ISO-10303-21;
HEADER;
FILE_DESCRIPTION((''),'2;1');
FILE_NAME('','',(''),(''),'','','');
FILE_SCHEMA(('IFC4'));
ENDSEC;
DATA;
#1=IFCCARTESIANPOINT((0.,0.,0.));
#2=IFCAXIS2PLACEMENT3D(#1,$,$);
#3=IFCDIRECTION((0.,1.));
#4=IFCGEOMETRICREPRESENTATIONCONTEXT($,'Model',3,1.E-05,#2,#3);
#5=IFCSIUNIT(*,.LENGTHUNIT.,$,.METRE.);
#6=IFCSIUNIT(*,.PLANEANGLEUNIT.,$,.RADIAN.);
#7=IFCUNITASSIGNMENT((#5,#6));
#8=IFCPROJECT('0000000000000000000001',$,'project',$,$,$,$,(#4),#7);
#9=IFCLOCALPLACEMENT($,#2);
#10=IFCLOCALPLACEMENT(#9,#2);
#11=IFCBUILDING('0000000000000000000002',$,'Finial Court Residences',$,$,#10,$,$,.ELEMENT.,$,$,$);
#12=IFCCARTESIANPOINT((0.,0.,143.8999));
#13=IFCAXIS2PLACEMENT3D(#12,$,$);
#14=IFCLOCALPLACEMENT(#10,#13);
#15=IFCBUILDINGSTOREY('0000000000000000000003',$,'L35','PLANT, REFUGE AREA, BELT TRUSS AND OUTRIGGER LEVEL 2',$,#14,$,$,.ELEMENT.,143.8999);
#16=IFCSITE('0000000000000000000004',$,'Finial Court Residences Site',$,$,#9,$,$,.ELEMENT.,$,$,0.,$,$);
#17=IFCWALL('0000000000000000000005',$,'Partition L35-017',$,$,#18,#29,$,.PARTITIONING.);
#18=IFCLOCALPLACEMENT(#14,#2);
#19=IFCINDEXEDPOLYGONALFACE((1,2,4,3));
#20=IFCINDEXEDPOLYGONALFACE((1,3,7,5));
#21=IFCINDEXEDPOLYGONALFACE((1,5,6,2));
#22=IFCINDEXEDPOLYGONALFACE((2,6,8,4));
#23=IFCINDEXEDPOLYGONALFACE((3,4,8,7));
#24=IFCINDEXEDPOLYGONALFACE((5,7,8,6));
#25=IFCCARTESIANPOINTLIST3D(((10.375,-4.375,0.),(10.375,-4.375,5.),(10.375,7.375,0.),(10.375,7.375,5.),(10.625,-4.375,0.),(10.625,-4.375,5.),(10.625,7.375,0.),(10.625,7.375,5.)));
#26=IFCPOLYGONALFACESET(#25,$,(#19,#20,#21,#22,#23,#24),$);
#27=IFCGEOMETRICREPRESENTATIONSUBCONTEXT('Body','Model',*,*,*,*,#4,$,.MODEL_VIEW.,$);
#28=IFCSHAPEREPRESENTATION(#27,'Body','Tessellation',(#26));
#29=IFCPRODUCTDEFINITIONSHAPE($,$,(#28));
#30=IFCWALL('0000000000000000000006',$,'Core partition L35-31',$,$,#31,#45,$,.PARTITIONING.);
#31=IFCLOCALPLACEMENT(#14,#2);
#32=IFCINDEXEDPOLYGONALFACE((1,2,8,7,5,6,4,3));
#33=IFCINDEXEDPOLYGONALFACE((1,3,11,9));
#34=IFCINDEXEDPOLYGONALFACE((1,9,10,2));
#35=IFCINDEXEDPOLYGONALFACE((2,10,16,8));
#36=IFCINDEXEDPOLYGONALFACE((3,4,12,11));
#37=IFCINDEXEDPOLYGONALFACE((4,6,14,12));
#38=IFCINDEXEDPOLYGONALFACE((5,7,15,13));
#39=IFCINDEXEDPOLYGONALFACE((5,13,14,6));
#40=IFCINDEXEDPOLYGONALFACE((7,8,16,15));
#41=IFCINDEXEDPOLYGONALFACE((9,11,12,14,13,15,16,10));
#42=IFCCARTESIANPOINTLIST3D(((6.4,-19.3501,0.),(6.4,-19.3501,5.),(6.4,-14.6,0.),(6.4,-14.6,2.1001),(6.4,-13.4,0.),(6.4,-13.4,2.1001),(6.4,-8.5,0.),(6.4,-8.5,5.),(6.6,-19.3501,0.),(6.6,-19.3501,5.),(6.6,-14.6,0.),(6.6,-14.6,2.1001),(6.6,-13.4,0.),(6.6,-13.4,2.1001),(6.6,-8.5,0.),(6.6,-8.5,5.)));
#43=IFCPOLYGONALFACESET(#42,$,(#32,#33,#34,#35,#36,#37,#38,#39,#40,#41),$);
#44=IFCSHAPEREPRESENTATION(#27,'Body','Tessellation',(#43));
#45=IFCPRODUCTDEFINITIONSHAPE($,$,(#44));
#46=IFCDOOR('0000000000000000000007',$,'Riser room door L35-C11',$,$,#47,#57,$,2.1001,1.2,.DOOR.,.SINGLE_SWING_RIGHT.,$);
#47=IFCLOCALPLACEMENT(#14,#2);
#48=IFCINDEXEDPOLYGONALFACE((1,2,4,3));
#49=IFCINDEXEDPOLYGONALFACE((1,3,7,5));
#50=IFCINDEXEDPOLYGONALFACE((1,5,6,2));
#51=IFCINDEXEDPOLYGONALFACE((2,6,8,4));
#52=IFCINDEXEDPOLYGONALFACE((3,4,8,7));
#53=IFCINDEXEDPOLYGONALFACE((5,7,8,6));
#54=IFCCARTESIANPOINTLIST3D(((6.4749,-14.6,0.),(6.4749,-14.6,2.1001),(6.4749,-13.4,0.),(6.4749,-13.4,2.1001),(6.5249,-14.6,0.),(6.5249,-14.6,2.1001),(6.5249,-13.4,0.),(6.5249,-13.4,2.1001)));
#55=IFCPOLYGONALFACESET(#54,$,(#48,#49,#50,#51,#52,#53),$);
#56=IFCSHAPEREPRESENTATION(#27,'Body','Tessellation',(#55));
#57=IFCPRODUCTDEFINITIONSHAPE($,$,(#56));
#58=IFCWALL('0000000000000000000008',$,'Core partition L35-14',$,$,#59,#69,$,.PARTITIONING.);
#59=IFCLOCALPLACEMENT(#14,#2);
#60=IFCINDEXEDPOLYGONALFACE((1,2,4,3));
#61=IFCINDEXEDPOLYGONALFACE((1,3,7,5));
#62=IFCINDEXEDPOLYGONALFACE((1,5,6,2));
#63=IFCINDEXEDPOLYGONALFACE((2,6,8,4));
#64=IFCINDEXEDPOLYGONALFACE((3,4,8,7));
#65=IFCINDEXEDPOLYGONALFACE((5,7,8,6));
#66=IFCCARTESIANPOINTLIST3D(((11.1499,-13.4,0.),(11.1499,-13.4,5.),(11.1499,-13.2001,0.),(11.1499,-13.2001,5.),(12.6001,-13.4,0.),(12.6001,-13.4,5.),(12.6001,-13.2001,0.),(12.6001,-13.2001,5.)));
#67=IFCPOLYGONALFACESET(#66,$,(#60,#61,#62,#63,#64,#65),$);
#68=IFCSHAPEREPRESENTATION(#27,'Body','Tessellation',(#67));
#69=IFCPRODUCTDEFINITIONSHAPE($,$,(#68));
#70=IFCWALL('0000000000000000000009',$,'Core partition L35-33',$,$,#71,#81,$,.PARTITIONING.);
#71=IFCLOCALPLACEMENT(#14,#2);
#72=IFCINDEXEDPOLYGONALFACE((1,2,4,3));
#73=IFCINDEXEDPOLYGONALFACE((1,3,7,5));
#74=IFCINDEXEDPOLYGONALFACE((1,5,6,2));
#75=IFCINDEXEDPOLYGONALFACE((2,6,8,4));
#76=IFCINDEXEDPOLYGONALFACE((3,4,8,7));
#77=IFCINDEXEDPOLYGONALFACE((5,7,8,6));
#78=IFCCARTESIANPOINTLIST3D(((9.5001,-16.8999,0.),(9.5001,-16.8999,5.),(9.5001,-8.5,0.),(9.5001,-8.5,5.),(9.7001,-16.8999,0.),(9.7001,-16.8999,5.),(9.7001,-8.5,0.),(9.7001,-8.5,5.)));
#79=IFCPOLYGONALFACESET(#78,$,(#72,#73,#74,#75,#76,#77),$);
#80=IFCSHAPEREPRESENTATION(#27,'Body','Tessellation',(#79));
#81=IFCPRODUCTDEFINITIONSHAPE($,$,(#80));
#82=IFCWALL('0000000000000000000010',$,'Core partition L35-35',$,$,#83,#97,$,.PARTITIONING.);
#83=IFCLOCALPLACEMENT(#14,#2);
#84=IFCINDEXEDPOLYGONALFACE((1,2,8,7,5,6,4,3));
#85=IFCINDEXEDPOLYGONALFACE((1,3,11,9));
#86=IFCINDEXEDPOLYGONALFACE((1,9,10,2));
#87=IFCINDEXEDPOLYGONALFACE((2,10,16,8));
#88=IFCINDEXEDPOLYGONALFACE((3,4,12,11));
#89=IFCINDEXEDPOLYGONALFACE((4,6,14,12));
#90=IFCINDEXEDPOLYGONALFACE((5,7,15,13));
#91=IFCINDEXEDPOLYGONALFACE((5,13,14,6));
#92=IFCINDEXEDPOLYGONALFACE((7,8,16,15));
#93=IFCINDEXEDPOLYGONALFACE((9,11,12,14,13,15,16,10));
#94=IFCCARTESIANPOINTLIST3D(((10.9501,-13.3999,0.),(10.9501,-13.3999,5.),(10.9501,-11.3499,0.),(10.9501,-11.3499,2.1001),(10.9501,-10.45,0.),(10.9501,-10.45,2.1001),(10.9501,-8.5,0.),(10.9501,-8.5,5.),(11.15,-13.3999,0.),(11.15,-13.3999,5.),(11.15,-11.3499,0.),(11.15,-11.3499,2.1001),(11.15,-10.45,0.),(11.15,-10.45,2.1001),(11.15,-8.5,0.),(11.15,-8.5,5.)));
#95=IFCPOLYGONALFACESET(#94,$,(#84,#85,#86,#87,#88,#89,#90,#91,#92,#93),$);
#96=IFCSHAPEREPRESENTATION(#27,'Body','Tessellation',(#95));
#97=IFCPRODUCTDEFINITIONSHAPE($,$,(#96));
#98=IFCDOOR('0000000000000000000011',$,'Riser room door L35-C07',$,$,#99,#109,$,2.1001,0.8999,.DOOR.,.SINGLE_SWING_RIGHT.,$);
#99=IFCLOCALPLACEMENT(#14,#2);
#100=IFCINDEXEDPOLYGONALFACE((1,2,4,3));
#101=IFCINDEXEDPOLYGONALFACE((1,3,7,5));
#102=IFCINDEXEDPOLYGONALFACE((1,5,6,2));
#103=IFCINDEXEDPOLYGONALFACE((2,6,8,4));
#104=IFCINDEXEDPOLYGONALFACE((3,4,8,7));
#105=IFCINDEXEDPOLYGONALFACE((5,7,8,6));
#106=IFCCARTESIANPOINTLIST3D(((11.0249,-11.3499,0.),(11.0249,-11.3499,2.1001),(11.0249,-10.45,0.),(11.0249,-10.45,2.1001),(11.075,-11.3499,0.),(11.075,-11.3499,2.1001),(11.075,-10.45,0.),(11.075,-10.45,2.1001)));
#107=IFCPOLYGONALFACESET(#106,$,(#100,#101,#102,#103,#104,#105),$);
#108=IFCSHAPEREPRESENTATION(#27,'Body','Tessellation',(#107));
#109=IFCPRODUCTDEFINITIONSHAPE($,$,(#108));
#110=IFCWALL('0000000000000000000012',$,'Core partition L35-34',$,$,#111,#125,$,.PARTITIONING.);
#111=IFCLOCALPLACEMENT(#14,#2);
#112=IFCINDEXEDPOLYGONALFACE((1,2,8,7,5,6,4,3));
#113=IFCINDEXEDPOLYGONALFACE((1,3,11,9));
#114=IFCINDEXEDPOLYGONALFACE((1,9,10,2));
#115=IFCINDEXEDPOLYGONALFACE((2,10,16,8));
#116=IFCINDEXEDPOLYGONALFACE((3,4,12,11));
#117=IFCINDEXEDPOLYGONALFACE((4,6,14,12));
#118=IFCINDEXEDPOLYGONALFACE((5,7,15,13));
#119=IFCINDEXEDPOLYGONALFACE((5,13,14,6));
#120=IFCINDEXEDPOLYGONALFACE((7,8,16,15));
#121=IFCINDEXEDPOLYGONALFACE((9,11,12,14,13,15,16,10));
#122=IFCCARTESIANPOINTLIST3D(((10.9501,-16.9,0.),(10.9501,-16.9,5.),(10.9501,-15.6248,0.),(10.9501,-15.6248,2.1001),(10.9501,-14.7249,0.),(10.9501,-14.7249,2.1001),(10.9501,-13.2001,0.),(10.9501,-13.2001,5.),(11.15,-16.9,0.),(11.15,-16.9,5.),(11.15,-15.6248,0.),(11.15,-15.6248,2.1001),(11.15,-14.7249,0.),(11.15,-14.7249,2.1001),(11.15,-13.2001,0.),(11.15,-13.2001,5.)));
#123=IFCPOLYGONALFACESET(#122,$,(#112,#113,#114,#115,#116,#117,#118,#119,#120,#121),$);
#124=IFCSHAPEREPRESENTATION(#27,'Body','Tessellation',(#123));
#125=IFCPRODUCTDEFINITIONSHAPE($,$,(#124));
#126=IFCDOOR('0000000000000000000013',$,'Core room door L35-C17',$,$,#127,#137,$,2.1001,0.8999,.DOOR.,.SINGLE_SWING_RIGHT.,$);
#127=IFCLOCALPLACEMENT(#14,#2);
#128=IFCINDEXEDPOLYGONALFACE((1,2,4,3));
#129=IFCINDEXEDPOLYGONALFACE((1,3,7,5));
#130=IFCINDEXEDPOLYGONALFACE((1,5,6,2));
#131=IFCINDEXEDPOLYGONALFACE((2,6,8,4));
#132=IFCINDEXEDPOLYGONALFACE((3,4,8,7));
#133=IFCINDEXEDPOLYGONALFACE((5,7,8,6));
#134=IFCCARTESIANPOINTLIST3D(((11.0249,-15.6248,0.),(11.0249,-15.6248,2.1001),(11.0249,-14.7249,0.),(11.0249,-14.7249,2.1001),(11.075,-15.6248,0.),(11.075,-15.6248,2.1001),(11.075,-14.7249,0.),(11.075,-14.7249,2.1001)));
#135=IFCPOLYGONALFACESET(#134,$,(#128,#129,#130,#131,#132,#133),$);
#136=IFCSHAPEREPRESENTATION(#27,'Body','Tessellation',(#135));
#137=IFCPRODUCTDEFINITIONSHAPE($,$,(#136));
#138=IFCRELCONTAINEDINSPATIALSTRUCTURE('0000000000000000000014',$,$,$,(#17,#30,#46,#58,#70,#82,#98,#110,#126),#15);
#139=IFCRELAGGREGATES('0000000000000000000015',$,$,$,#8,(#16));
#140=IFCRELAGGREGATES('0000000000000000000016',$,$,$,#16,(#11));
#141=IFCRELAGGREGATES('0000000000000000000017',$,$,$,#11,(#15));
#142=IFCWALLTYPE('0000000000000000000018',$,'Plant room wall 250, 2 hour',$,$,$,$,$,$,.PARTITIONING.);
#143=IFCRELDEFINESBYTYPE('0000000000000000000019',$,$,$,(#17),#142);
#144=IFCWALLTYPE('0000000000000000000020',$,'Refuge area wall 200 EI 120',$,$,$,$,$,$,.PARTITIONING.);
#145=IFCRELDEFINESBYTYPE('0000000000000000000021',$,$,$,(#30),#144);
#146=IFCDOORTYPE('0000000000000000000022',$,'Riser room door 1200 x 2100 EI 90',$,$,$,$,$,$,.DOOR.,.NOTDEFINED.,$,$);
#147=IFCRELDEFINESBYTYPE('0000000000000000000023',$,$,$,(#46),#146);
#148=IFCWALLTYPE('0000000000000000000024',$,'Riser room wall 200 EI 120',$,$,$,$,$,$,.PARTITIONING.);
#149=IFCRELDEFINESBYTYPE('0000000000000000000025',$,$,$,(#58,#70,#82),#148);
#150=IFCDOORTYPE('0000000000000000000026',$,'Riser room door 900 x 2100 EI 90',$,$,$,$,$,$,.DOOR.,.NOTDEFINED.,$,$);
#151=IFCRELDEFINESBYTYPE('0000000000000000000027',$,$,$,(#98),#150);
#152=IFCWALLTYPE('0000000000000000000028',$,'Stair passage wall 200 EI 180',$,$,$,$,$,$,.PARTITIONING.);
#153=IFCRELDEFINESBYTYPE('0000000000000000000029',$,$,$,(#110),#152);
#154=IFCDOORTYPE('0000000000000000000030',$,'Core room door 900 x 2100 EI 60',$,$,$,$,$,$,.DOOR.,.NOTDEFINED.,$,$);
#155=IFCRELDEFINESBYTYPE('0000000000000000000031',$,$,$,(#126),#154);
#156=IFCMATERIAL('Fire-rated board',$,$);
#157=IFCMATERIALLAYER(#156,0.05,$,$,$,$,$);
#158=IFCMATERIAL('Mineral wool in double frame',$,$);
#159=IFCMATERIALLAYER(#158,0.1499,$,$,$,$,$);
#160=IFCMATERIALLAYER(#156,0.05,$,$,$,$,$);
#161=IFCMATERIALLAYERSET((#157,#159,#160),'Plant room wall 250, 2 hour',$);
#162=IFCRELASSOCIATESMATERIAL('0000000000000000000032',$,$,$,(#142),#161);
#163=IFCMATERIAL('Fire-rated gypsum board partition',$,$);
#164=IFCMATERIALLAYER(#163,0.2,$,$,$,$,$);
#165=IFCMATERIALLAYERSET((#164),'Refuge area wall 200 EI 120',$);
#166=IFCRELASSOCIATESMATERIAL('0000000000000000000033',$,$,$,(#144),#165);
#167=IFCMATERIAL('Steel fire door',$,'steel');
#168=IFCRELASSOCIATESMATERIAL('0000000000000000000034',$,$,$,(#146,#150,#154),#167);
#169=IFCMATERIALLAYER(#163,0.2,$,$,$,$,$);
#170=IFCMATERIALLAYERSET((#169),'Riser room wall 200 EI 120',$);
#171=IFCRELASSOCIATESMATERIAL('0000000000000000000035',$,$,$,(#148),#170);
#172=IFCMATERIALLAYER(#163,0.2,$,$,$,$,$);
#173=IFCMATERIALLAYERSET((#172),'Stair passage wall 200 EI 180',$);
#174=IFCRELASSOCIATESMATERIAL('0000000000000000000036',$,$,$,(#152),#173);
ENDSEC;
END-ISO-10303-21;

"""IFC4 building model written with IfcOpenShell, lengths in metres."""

from ifc_helpers import new_model, si_unit, direction, frame, frame_2d, origin, place, context, subcontext, project, spatial, rectangle, extrude, material, layer, layer_set, type_object, element, fill, save


model = new_model("IFC4")

# Units and contexts
model_context = context("Model", 3, precision=1e-05, world=origin(), true_north=direction((0.0, 1.0)))
body_context = subcontext(model_context, "Body", "Model", "MODEL_VIEW")
ifc_project = project(units=[si_unit("LENGTHUNIT", "METRE"), si_unit("PLANEANGLEUNIT", "RADIAN")], contexts=[model_context])

# Site, building, storey
site_placement = place(None, origin())
site = spatial("IfcSite", under=ifc_project, at=site_placement, Name="Finial Court Residences Site", CompositionType="ELEMENT", RefElevation=0.0)
building_placement = place(site_placement, origin())
building = spatial("IfcBuilding", under=site, at=building_placement, Name="Finial Court Residences", CompositionType="ELEMENT")
storey_placement = place(building_placement, frame((0.0, 0.0, 143.8999)))
storey = spatial("IfcBuildingStorey", under=building, at=storey_placement, Name="L35", Description="PLANT, REFUGE AREA, BELT TRUSS AND OUTRIGGER LEVEL 2", CompositionType="ELEMENT", Elevation=143.8999)

# Shared definitions
ifc_material_1 = material(Name="Steel fire door", Category="steel")
ifc_material_2 = material(Name="Fire-rated board")
ifc_layer_1 = layer(ifc_material_2, 0.05)
ifc_material_3 = material(Name="Mineral wool in double frame")
ifc_layer_2 = layer(ifc_material_3, 0.1499)
ifc_layer_3 = layer(ifc_material_2, 0.05)
ifc_layer_set_1 = layer_set([ifc_layer_1, ifc_layer_2, ifc_layer_3], Name="Plant room wall 250, 2 hour")
wall_type_1 = type_object("IfcWallType", Name="Plant room wall 250, 2 hour", PredefinedType="PARTITIONING", material=ifc_layer_set_1)

# Wall
wall_1_placement = place(storey_placement, frame((10.5, -4.375, 0.0), z_axis=(0.0, 0.0, 1.0), x_axis=(0.0, 1.0, 0.0)))
element("IfcWall", 1, at=wall_1_placement, inside=storey, type_object=wall_type_1, Name="Partition L35-017", PredefinedType="PARTITIONING", context=body_context, shape_type="SweptSolid", body=[
    extrude(rectangle(XDim=11.75, YDim=0.25, at=frame_2d((5.875, 0.0))), origin(), (0.0, 0.0, 1.0), 5.0),
])

# Wall, opening, door
ifc_material_4 = material(Name="Fire-rated gypsum board partition")
ifc_layer_4 = layer(ifc_material_4, 0.2)
ifc_layer_set_2 = layer_set([ifc_layer_4], Name="Refuge area wall 200 EI 120")
wall_type_2 = type_object("IfcWallType", Name="Refuge area wall 200 EI 120", PredefinedType="PARTITIONING", material=ifc_layer_set_2)
wall_2_placement = place(storey_placement, frame((6.5, -8.5, 0.0), z_axis=(0.0, 0.0, 1.0), x_axis=(0.0, -1.0, 0.0)))
wall_2 = element("IfcWall", 2, at=wall_2_placement, inside=storey, type_object=wall_type_2, Name="Core partition L35-31", PredefinedType="PARTITIONING", context=body_context, shape_type="SweptSolid", body=[
    extrude(rectangle(XDim=10.8501, YDim=0.2, at=frame_2d((5.425, 0.0))), origin(), (0.0, 0.0, 1.0), 5.0),
])
opening_1_placement = place(wall_2_placement, frame((4.8999, 0.0, 0.0)))
opening_1 = element("IfcOpeningElement", 3, at=opening_1_placement, cuts=wall_2, PredefinedType="OPENING", context=body_context, shape_type="SweptSolid", body=[
    extrude(rectangle(XDim=1.2, YDim=2.1001, at=frame_2d((0.6001, 1.05))), frame((0.0, 0.1099, 0.0), z_axis=(0.0, -1.0, 0.0), x_axis=(1.0, 0.0, 0.0)), (0.0, 0.0, 1.0), 0.22),
])
door_type_1 = type_object("IfcDoorType", Name="Riser room door 1200 x 2100 EI 90", OperationType="NOTDEFINED", PredefinedType="DOOR", material=ifc_material_1)
door_1_placement = place(opening_1_placement, origin())
door_1 = element("IfcDoor", 4, at=door_1_placement, inside=storey, type_object=door_type_1, Name="Riser room door L35-C11", OperationType="SINGLE_SWING_RIGHT", OverallHeight=2.1001, OverallWidth=1.2, PredefinedType="DOOR", context=body_context, shape_type="SweptSolid", body=[
    extrude(rectangle(XDim=1.2, YDim=2.1001, at=frame_2d((0.6001, 1.05))), frame((0.0, 0.0249, 0.0), z_axis=(0.0, -1.0, 0.0), x_axis=(1.0, 0.0, 0.0)), (0.0, 0.0, 1.0), 0.05),
])
fill(opening_1, door_1)

# Walls
ifc_layer_5 = layer(ifc_material_4, 0.2)
ifc_layer_set_3 = layer_set([ifc_layer_5], Name="Riser room wall 200 EI 120")
wall_type_3 = type_object("IfcWallType", Name="Riser room wall 200 EI 120", PredefinedType="PARTITIONING", material=ifc_layer_set_3)
wall_3_placement = place(storey_placement, frame((11.1499, -13.3, 0.0), z_axis=(0.0, 0.0, 1.0), x_axis=(1.0, 0.0, 0.0)))
element("IfcWall", 5, at=wall_3_placement, inside=storey, type_object=wall_type_3, Name="Core partition L35-14", PredefinedType="PARTITIONING", context=body_context, shape_type="SweptSolid", body=[
    extrude(rectangle(XDim=1.4502, YDim=0.2, at=frame_2d((0.7251, 0.0))), origin(), (0.0, 0.0, 1.0), 5.0),
])
wall_4_placement = place(storey_placement, frame((9.6001, -16.8999, 0.0), z_axis=(0.0, 0.0, 1.0), x_axis=(0.0, 1.0, 0.0)))
element("IfcWall", 6, at=wall_4_placement, inside=storey, type_object=wall_type_3, Name="Core partition L35-33", PredefinedType="PARTITIONING", context=body_context, shape_type="SweptSolid", body=[
    extrude(rectangle(XDim=8.3999, YDim=0.2, at=frame_2d((4.2, 0.0))), origin(), (0.0, 0.0, 1.0), 5.0),
])

# Walls, openings, doors
wall_5_placement = place(storey_placement, frame((11.05, -8.5, 0.0), z_axis=(0.0, 0.0, 1.0), x_axis=(0.0, -1.0, 0.0)))
wall_5 = element("IfcWall", 7, at=wall_5_placement, inside=storey, type_object=wall_type_3, Name="Core partition L35-35", PredefinedType="PARTITIONING", context=body_context, shape_type="SweptSolid", body=[
    extrude(rectangle(XDim=4.8999, YDim=0.2, at=frame_2d((2.45, 0.0))), origin(), (0.0, 0.0, 1.0), 5.0),
])
opening_2_placement = place(wall_5_placement, frame((1.95, 0.0, 0.0)))
opening_2 = element("IfcOpeningElement", 8, at=opening_2_placement, cuts=wall_5, PredefinedType="OPENING", context=body_context, shape_type="SweptSolid", body=[
    extrude(rectangle(XDim=0.8999, YDim=2.1001, at=frame_2d((0.45, 1.05))), frame((0.0, 0.1099, 0.0), z_axis=(0.0, -1.0, 0.0), x_axis=(1.0, 0.0, 0.0)), (0.0, 0.0, 1.0), 0.22),
])
door_type_2 = type_object("IfcDoorType", Name="Riser room door 900 x 2100 EI 90", OperationType="NOTDEFINED", PredefinedType="DOOR", material=ifc_material_1)
door_2_placement = place(opening_2_placement, origin())
door_2 = element("IfcDoor", 9, at=door_2_placement, inside=storey, type_object=door_type_2, Name="Riser room door L35-C07", OperationType="SINGLE_SWING_RIGHT", OverallHeight=2.1001, OverallWidth=0.8999, PredefinedType="DOOR", context=body_context, shape_type="SweptSolid", body=[
    extrude(rectangle(XDim=0.8999, YDim=2.1001, at=frame_2d((0.45, 1.05))), frame((0.0, 0.0249, 0.0), z_axis=(0.0, -1.0, 0.0), x_axis=(1.0, 0.0, 0.0)), (0.0, 0.0, 1.0), 0.05),
])
fill(opening_2, door_2)
ifc_layer_6 = layer(ifc_material_4, 0.2)
ifc_layer_set_4 = layer_set([ifc_layer_6], Name="Stair passage wall 200 EI 180")
wall_type_4 = type_object("IfcWallType", Name="Stair passage wall 200 EI 180", PredefinedType="PARTITIONING", material=ifc_layer_set_4)
wall_6_placement = place(storey_placement, frame((11.05, -13.2, 0.0), z_axis=(0.0, 0.0, 1.0), x_axis=(0.0, -1.0, 0.0)))
wall_6 = element("IfcWall", 10, at=wall_6_placement, inside=storey, type_object=wall_type_4, Name="Core partition L35-34", PredefinedType="PARTITIONING", context=body_context, shape_type="SweptSolid", body=[
    extrude(rectangle(XDim=3.7, YDim=0.2, at=frame_2d((1.8501, 0.0))), origin(), (0.0, 0.0, 1.0), 5.0),
])
opening_3_placement = place(wall_6_placement, frame((1.5249, 0.0, 0.0)))
opening_3 = element("IfcOpeningElement", 11, at=opening_3_placement, cuts=wall_6, PredefinedType="OPENING", context=body_context, shape_type="SweptSolid", body=[
    extrude(rectangle(XDim=0.8999, YDim=2.1001, at=frame_2d((0.45, 1.05))), frame((0.0, 0.1099, 0.0), z_axis=(0.0, -1.0, 0.0), x_axis=(1.0, 0.0, 0.0)), (0.0, 0.0, 1.0), 0.22),
])
door_type_3 = type_object("IfcDoorType", Name="Core room door 900 x 2100 EI 60", OperationType="NOTDEFINED", PredefinedType="DOOR", material=ifc_material_1)
door_3_placement = place(opening_3_placement, origin())
door_3 = element("IfcDoor", 12, at=door_3_placement, inside=storey, type_object=door_type_3, Name="Core room door L35-C17", OperationType="SINGLE_SWING_RIGHT", OverallHeight=2.1001, OverallWidth=0.8999, PredefinedType="DOOR", context=body_context, shape_type="SweptSolid", body=[
    extrude(rectangle(XDim=0.8999, YDim=2.1001, at=frame_2d((0.45, 1.05))), frame((0.0, 0.0249, 0.0), z_axis=(0.0, -1.0, 0.0), x_axis=(1.0, 0.0, 0.0)), (0.0, 0.0, 1.0), 0.05),
])
fill(opening_3, door_3)

save(model, "model.ifc")
